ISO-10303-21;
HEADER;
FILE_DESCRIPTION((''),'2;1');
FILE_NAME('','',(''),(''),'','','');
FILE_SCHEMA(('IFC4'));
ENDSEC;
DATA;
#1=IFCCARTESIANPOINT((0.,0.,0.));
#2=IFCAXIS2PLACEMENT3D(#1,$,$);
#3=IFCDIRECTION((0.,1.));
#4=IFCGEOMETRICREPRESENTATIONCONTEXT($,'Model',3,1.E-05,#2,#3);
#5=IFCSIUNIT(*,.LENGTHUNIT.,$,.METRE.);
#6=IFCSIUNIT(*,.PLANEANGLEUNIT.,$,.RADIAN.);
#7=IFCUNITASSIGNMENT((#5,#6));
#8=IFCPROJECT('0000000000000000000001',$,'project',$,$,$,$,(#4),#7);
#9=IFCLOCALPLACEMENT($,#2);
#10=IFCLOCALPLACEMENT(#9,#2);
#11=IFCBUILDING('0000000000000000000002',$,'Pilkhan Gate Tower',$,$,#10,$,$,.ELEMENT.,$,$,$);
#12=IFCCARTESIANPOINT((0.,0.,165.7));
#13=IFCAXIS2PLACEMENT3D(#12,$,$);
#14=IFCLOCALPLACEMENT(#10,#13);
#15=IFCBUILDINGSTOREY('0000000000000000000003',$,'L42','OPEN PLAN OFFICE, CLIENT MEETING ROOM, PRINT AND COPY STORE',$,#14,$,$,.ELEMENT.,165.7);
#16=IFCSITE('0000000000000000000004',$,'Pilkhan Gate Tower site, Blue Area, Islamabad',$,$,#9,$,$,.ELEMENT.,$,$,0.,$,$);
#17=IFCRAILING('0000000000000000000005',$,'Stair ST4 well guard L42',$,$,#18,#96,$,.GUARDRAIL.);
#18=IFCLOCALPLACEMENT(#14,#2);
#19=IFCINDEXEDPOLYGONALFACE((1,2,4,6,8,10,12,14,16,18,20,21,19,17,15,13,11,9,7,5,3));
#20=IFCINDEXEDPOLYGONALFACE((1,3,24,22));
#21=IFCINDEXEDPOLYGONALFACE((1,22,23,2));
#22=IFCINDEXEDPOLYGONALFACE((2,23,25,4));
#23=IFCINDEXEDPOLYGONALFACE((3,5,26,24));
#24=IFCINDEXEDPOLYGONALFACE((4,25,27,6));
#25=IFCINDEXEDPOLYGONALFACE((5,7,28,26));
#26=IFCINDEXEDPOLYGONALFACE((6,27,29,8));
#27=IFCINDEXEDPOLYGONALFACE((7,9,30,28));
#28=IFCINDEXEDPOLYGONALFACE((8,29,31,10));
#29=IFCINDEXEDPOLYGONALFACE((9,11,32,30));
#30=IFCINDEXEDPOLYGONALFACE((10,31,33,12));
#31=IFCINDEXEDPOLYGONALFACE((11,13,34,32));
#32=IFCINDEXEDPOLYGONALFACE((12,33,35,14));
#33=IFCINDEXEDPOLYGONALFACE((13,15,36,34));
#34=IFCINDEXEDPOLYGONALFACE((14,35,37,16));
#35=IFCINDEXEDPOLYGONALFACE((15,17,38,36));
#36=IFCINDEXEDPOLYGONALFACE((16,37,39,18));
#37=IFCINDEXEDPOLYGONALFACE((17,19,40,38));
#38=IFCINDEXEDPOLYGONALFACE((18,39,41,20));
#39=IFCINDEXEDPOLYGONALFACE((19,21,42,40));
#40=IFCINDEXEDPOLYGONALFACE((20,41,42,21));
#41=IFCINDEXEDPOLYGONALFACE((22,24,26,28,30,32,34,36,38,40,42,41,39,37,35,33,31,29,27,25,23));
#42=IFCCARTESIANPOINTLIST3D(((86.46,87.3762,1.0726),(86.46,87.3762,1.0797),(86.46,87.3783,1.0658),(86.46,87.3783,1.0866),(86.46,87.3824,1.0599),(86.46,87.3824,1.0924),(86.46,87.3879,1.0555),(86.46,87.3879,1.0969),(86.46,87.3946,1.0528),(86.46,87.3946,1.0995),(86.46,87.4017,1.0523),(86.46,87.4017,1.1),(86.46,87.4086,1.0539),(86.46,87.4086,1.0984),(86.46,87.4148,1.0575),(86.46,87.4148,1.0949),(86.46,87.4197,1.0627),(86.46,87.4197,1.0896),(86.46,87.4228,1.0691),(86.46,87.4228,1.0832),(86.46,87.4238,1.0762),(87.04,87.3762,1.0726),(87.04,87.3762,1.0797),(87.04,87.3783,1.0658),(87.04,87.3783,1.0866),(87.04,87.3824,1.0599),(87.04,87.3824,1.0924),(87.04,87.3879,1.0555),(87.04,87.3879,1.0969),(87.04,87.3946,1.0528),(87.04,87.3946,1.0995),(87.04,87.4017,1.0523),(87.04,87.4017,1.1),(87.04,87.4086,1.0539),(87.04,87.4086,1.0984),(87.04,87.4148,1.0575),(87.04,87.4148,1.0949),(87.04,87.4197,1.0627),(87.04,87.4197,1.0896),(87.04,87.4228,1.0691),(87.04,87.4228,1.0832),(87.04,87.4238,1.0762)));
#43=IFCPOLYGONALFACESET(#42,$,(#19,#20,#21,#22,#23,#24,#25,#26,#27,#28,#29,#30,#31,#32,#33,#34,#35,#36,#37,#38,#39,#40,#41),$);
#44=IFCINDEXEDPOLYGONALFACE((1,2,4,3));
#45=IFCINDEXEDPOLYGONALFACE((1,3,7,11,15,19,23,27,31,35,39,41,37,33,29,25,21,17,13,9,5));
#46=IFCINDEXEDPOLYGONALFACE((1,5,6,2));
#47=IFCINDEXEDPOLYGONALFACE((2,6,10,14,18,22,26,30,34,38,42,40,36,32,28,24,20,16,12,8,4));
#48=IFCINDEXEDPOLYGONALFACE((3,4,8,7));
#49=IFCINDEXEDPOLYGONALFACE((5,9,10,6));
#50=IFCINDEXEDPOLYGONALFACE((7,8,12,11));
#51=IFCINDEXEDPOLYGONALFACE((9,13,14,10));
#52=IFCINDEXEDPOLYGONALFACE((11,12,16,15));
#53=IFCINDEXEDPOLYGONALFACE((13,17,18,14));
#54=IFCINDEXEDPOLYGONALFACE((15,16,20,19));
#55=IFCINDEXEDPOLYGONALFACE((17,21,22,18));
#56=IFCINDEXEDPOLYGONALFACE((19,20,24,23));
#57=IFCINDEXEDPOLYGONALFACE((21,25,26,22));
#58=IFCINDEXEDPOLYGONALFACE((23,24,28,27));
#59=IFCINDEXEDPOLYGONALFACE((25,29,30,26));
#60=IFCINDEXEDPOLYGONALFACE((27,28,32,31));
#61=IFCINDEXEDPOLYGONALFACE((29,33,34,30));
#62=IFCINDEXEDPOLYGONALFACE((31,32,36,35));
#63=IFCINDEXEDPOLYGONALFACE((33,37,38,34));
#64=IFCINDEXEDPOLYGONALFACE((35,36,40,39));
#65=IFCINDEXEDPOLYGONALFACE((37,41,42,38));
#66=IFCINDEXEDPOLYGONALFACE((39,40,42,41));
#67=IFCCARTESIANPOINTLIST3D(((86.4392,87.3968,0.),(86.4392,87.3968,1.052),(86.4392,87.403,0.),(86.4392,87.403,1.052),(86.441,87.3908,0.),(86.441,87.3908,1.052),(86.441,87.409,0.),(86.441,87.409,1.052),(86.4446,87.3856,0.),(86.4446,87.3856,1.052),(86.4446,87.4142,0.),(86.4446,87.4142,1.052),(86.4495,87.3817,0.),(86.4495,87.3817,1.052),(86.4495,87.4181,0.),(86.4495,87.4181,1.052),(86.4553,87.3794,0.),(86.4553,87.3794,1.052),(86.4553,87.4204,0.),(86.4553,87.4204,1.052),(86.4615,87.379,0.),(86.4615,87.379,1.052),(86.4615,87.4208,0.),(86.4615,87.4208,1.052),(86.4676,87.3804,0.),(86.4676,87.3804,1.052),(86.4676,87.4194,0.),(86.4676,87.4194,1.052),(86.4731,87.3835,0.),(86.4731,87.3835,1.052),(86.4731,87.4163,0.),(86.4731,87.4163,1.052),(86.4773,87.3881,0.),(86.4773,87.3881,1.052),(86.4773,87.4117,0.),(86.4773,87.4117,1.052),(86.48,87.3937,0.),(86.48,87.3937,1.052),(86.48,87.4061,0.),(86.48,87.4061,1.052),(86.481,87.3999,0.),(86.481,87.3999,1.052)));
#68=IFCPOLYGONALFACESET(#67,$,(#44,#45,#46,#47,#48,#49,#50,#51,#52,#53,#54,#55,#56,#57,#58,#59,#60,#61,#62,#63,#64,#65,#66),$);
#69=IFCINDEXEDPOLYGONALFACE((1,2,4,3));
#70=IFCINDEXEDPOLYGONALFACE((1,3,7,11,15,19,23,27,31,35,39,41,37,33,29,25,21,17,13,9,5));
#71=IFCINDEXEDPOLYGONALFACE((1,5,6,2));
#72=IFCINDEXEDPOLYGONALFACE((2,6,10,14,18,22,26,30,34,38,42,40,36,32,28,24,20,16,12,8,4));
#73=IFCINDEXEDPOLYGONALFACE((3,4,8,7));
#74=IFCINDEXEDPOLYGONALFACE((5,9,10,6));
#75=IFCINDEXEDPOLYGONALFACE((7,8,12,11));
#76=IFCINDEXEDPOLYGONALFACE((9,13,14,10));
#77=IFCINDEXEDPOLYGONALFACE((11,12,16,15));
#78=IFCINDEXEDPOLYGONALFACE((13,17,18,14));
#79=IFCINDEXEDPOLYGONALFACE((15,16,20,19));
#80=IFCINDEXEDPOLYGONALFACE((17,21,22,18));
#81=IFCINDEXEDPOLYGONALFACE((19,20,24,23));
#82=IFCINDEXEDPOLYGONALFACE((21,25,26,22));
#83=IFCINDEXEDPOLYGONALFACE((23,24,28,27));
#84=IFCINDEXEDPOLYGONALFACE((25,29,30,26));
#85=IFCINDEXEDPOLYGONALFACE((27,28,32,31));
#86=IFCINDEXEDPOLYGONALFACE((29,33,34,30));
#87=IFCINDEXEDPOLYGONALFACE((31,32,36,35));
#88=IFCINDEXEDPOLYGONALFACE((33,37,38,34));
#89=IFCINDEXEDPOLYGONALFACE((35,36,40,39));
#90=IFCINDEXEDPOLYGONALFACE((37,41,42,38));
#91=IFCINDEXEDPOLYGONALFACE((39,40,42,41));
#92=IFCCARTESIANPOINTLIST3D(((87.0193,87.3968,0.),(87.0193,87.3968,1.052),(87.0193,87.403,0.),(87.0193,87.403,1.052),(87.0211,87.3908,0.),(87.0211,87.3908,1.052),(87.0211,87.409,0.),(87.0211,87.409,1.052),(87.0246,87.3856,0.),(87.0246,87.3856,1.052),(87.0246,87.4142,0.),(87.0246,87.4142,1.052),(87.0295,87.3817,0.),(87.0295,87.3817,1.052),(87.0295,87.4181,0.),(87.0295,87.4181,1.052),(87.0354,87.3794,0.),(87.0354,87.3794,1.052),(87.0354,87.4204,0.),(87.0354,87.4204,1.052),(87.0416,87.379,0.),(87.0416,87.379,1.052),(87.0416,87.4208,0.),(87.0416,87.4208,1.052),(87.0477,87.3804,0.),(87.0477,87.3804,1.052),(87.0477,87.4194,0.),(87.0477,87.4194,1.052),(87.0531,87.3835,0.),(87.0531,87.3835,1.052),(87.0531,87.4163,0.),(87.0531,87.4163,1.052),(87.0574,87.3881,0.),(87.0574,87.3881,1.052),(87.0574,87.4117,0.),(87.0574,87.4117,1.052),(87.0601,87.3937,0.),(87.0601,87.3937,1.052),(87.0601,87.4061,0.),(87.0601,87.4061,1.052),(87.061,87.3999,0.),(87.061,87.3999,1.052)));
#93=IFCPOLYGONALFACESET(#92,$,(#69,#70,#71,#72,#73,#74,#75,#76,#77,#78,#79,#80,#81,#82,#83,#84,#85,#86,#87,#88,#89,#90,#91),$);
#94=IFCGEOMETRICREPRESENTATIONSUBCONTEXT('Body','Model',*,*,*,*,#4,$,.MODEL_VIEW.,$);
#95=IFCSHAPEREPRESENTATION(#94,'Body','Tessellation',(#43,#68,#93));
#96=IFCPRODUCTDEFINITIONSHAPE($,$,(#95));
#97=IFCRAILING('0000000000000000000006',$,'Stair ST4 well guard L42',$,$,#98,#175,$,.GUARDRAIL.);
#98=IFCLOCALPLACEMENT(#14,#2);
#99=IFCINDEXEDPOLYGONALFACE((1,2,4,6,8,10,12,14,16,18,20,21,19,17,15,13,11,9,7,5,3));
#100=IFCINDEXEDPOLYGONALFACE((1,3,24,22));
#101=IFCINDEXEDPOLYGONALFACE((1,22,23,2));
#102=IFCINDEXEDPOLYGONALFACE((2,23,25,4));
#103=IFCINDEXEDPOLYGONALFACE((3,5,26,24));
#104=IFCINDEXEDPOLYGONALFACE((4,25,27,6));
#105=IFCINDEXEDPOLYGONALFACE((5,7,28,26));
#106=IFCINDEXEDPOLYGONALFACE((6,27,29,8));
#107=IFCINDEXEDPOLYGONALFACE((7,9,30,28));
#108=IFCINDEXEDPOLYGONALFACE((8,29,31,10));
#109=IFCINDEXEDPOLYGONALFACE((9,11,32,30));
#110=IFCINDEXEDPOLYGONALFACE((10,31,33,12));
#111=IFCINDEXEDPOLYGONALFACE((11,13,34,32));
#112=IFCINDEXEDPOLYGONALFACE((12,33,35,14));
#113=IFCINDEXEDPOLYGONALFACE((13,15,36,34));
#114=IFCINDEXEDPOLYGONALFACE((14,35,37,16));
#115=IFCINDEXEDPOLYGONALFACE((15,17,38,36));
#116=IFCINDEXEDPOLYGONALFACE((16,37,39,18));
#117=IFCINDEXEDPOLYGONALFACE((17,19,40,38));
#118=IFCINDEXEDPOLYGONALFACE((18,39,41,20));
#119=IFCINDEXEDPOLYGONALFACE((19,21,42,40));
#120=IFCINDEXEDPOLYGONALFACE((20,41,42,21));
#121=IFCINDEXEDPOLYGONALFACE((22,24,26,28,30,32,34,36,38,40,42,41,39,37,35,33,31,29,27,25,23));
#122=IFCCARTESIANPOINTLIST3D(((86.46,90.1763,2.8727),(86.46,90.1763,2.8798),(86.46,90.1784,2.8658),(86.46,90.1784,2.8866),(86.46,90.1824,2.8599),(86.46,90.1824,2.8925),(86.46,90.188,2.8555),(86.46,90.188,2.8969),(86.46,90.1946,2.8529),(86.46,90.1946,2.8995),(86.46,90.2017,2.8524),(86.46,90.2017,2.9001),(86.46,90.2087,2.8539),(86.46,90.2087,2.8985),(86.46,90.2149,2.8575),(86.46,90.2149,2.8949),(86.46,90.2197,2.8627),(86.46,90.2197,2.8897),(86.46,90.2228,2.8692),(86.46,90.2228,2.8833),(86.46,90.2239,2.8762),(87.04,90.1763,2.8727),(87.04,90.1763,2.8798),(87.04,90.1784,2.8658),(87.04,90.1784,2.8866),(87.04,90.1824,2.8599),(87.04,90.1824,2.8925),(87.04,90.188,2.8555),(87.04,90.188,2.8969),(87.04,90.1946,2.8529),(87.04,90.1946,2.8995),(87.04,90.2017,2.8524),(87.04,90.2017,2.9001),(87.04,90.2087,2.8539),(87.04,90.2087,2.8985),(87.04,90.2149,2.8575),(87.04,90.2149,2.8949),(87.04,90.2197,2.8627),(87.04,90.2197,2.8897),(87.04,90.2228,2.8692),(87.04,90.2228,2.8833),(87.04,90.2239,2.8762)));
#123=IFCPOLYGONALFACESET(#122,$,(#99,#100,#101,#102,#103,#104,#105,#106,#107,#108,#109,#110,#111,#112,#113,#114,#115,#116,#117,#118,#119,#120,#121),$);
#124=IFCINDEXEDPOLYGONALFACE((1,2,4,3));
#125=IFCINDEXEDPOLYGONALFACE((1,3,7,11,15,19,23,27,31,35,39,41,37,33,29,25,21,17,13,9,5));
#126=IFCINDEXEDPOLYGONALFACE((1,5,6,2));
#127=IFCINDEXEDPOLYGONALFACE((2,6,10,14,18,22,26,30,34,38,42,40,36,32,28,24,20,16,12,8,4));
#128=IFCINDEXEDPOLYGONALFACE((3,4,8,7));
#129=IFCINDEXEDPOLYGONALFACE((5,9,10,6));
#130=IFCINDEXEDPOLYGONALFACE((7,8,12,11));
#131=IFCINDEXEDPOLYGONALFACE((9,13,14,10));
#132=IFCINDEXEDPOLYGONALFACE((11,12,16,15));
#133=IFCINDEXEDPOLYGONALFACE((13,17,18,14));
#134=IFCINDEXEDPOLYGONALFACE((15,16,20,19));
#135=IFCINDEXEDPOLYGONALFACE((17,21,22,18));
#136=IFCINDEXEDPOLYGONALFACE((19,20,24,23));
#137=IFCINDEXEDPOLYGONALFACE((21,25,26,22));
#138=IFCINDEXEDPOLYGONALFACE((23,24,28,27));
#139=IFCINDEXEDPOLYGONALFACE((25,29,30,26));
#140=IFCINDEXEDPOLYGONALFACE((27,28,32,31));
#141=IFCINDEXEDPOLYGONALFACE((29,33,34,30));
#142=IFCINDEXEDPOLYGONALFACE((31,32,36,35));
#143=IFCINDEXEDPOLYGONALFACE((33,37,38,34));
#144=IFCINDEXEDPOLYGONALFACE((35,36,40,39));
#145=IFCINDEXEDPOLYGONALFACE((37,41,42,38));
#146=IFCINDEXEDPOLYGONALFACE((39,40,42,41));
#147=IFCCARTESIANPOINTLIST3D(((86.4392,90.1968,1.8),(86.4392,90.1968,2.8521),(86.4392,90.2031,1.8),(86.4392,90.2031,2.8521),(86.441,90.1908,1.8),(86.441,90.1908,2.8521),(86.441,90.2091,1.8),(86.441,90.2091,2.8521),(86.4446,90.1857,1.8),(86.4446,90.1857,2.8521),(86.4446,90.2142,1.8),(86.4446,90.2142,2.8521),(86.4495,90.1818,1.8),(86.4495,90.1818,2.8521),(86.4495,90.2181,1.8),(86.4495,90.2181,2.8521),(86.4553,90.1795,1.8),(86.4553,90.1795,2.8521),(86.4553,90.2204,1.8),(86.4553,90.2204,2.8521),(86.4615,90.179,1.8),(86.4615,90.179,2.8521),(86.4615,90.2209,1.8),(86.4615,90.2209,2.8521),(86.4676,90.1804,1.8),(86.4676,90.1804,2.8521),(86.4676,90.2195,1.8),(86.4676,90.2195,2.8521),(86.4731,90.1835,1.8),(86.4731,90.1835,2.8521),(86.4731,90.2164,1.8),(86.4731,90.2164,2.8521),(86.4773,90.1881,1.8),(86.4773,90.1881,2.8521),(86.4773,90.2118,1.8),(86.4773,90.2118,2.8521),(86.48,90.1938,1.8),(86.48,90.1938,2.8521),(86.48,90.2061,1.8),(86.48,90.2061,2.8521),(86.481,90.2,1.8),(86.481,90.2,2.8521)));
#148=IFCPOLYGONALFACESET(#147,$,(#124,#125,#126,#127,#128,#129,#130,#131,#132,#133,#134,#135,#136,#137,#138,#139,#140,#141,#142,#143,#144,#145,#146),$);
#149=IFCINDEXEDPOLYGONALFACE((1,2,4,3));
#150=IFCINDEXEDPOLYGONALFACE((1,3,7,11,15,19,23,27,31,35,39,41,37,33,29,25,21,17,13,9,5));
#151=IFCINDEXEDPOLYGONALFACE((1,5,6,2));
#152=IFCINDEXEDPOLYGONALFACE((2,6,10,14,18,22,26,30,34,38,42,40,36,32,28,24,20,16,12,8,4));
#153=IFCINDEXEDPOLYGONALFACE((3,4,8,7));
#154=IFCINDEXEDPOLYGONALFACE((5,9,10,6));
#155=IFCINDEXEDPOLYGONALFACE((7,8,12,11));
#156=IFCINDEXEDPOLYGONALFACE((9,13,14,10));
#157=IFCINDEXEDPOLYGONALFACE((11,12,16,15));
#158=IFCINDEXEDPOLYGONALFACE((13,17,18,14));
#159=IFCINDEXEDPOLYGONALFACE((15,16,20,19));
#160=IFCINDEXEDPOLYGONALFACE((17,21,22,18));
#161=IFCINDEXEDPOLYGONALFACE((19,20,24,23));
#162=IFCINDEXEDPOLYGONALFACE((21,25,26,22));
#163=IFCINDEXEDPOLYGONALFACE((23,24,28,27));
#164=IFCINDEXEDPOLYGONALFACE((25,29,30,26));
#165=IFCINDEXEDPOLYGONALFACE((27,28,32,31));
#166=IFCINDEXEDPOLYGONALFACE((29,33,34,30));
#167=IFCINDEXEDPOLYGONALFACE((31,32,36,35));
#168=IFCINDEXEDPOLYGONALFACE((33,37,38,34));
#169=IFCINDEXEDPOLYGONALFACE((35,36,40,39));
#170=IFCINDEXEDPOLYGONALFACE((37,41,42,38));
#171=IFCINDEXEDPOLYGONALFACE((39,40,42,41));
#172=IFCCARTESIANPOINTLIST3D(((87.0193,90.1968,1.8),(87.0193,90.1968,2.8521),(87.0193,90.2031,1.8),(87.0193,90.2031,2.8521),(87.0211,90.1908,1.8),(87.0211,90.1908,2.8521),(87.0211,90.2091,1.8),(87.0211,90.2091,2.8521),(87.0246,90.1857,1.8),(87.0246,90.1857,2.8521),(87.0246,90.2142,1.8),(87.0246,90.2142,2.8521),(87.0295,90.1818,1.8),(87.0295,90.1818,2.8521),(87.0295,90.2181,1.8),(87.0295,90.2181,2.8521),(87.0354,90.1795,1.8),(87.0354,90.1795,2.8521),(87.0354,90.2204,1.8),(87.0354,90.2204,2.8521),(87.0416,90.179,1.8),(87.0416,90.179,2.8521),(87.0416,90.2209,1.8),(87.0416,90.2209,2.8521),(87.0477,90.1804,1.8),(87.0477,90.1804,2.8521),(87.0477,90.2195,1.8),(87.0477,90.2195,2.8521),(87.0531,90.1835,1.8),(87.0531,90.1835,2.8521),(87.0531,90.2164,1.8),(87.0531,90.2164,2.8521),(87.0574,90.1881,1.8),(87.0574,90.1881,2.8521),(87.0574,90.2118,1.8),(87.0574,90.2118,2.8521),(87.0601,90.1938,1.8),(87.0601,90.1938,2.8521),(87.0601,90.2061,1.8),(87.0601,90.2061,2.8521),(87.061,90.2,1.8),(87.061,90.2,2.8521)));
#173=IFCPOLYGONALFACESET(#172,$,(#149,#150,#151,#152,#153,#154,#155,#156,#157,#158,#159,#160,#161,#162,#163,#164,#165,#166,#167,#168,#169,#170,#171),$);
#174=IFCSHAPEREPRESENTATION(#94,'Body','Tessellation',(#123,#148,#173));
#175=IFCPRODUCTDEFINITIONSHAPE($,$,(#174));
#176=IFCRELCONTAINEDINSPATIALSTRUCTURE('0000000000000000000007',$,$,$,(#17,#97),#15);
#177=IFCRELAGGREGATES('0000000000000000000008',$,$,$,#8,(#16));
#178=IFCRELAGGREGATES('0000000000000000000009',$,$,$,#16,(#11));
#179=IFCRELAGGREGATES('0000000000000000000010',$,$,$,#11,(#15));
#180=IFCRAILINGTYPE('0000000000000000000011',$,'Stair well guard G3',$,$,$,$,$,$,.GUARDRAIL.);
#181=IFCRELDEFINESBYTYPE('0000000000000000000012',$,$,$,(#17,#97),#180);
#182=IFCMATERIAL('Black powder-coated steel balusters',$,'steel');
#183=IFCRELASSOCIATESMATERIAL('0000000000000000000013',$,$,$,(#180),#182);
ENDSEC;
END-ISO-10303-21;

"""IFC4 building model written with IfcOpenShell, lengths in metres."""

from ifc_helpers import new_model, si_unit, direction, frame, origin, origin_2d, place, context, subcontext, project, spatial, circle, extrude, material, type_object, element, save


model = new_model("IFC4")

# Units and contexts
model_context = context("Model", 3, precision=1e-05, world=origin(), true_north=direction((0.0, 1.0)))
body_context = subcontext(model_context, "Body", "Model", "MODEL_VIEW")
ifc_project = project(units=[si_unit("LENGTHUNIT", "METRE"), si_unit("PLANEANGLEUNIT", "RADIAN")], contexts=[model_context])

# Site, building, storey
site_placement = place(None, origin())
site = spatial("IfcSite", under=ifc_project, at=site_placement, Name="Pilkhan Gate Tower site, Blue Area, Islamabad", CompositionType="ELEMENT", RefElevation=0.0)
building_placement = place(site_placement, origin())
building = spatial("IfcBuilding", under=site, at=building_placement, Name="Pilkhan Gate Tower", CompositionType="ELEMENT")
storey_placement = place(building_placement, frame((0.0, 0.0, 165.7)))
storey = spatial("IfcBuildingStorey", under=building, at=storey_placement, Name="L42", Description="OPEN PLAN OFFICE, CLIENT MEETING ROOM, PRINT AND COPY STORE", CompositionType="ELEMENT", Elevation=165.7)

# Railings
ifc_material_1 = material(Name="Black powder-coated steel balusters", Category="steel")
railing_type_1 = type_object("IfcRailingType", Name="Stair well guard G3", PredefinedType="GUARDRAIL", material=ifc_material_1)
for number, where, name in (
    (1, (86.46, 87.3999, 0.0), "Stair ST4 well guard L42"),
    (2, (86.46, 90.2, 1.8), "Stair ST4 well guard L42"),
):
    element("IfcRailing", number, at=place(storey_placement, frame(where)), inside=storey, type_object=railing_type_1, Name=name, PredefinedType="GUARDRAIL", context=body_context, shape_type="SweptSolid", body=[
        extrude(circle(Radius=0.0239, at=origin_2d()), frame((0.0, 0.0, 1.0762), z_axis=(1.0, 0.0, 0.0), x_axis=(0.0, 1.0, 0.0)), (0.0, 0.0, 1.0), 0.5801),
        extrude(circle(Radius=0.021, at=origin_2d()), origin(), (0.0, 0.0, 1.0), 1.052),
        extrude(circle(Radius=0.021, at=origin_2d()), frame((0.5801, 0.0, 0.0)), (0.0, 0.0, 1.0), 1.052),
    ])

save(model, "model.ifc")
